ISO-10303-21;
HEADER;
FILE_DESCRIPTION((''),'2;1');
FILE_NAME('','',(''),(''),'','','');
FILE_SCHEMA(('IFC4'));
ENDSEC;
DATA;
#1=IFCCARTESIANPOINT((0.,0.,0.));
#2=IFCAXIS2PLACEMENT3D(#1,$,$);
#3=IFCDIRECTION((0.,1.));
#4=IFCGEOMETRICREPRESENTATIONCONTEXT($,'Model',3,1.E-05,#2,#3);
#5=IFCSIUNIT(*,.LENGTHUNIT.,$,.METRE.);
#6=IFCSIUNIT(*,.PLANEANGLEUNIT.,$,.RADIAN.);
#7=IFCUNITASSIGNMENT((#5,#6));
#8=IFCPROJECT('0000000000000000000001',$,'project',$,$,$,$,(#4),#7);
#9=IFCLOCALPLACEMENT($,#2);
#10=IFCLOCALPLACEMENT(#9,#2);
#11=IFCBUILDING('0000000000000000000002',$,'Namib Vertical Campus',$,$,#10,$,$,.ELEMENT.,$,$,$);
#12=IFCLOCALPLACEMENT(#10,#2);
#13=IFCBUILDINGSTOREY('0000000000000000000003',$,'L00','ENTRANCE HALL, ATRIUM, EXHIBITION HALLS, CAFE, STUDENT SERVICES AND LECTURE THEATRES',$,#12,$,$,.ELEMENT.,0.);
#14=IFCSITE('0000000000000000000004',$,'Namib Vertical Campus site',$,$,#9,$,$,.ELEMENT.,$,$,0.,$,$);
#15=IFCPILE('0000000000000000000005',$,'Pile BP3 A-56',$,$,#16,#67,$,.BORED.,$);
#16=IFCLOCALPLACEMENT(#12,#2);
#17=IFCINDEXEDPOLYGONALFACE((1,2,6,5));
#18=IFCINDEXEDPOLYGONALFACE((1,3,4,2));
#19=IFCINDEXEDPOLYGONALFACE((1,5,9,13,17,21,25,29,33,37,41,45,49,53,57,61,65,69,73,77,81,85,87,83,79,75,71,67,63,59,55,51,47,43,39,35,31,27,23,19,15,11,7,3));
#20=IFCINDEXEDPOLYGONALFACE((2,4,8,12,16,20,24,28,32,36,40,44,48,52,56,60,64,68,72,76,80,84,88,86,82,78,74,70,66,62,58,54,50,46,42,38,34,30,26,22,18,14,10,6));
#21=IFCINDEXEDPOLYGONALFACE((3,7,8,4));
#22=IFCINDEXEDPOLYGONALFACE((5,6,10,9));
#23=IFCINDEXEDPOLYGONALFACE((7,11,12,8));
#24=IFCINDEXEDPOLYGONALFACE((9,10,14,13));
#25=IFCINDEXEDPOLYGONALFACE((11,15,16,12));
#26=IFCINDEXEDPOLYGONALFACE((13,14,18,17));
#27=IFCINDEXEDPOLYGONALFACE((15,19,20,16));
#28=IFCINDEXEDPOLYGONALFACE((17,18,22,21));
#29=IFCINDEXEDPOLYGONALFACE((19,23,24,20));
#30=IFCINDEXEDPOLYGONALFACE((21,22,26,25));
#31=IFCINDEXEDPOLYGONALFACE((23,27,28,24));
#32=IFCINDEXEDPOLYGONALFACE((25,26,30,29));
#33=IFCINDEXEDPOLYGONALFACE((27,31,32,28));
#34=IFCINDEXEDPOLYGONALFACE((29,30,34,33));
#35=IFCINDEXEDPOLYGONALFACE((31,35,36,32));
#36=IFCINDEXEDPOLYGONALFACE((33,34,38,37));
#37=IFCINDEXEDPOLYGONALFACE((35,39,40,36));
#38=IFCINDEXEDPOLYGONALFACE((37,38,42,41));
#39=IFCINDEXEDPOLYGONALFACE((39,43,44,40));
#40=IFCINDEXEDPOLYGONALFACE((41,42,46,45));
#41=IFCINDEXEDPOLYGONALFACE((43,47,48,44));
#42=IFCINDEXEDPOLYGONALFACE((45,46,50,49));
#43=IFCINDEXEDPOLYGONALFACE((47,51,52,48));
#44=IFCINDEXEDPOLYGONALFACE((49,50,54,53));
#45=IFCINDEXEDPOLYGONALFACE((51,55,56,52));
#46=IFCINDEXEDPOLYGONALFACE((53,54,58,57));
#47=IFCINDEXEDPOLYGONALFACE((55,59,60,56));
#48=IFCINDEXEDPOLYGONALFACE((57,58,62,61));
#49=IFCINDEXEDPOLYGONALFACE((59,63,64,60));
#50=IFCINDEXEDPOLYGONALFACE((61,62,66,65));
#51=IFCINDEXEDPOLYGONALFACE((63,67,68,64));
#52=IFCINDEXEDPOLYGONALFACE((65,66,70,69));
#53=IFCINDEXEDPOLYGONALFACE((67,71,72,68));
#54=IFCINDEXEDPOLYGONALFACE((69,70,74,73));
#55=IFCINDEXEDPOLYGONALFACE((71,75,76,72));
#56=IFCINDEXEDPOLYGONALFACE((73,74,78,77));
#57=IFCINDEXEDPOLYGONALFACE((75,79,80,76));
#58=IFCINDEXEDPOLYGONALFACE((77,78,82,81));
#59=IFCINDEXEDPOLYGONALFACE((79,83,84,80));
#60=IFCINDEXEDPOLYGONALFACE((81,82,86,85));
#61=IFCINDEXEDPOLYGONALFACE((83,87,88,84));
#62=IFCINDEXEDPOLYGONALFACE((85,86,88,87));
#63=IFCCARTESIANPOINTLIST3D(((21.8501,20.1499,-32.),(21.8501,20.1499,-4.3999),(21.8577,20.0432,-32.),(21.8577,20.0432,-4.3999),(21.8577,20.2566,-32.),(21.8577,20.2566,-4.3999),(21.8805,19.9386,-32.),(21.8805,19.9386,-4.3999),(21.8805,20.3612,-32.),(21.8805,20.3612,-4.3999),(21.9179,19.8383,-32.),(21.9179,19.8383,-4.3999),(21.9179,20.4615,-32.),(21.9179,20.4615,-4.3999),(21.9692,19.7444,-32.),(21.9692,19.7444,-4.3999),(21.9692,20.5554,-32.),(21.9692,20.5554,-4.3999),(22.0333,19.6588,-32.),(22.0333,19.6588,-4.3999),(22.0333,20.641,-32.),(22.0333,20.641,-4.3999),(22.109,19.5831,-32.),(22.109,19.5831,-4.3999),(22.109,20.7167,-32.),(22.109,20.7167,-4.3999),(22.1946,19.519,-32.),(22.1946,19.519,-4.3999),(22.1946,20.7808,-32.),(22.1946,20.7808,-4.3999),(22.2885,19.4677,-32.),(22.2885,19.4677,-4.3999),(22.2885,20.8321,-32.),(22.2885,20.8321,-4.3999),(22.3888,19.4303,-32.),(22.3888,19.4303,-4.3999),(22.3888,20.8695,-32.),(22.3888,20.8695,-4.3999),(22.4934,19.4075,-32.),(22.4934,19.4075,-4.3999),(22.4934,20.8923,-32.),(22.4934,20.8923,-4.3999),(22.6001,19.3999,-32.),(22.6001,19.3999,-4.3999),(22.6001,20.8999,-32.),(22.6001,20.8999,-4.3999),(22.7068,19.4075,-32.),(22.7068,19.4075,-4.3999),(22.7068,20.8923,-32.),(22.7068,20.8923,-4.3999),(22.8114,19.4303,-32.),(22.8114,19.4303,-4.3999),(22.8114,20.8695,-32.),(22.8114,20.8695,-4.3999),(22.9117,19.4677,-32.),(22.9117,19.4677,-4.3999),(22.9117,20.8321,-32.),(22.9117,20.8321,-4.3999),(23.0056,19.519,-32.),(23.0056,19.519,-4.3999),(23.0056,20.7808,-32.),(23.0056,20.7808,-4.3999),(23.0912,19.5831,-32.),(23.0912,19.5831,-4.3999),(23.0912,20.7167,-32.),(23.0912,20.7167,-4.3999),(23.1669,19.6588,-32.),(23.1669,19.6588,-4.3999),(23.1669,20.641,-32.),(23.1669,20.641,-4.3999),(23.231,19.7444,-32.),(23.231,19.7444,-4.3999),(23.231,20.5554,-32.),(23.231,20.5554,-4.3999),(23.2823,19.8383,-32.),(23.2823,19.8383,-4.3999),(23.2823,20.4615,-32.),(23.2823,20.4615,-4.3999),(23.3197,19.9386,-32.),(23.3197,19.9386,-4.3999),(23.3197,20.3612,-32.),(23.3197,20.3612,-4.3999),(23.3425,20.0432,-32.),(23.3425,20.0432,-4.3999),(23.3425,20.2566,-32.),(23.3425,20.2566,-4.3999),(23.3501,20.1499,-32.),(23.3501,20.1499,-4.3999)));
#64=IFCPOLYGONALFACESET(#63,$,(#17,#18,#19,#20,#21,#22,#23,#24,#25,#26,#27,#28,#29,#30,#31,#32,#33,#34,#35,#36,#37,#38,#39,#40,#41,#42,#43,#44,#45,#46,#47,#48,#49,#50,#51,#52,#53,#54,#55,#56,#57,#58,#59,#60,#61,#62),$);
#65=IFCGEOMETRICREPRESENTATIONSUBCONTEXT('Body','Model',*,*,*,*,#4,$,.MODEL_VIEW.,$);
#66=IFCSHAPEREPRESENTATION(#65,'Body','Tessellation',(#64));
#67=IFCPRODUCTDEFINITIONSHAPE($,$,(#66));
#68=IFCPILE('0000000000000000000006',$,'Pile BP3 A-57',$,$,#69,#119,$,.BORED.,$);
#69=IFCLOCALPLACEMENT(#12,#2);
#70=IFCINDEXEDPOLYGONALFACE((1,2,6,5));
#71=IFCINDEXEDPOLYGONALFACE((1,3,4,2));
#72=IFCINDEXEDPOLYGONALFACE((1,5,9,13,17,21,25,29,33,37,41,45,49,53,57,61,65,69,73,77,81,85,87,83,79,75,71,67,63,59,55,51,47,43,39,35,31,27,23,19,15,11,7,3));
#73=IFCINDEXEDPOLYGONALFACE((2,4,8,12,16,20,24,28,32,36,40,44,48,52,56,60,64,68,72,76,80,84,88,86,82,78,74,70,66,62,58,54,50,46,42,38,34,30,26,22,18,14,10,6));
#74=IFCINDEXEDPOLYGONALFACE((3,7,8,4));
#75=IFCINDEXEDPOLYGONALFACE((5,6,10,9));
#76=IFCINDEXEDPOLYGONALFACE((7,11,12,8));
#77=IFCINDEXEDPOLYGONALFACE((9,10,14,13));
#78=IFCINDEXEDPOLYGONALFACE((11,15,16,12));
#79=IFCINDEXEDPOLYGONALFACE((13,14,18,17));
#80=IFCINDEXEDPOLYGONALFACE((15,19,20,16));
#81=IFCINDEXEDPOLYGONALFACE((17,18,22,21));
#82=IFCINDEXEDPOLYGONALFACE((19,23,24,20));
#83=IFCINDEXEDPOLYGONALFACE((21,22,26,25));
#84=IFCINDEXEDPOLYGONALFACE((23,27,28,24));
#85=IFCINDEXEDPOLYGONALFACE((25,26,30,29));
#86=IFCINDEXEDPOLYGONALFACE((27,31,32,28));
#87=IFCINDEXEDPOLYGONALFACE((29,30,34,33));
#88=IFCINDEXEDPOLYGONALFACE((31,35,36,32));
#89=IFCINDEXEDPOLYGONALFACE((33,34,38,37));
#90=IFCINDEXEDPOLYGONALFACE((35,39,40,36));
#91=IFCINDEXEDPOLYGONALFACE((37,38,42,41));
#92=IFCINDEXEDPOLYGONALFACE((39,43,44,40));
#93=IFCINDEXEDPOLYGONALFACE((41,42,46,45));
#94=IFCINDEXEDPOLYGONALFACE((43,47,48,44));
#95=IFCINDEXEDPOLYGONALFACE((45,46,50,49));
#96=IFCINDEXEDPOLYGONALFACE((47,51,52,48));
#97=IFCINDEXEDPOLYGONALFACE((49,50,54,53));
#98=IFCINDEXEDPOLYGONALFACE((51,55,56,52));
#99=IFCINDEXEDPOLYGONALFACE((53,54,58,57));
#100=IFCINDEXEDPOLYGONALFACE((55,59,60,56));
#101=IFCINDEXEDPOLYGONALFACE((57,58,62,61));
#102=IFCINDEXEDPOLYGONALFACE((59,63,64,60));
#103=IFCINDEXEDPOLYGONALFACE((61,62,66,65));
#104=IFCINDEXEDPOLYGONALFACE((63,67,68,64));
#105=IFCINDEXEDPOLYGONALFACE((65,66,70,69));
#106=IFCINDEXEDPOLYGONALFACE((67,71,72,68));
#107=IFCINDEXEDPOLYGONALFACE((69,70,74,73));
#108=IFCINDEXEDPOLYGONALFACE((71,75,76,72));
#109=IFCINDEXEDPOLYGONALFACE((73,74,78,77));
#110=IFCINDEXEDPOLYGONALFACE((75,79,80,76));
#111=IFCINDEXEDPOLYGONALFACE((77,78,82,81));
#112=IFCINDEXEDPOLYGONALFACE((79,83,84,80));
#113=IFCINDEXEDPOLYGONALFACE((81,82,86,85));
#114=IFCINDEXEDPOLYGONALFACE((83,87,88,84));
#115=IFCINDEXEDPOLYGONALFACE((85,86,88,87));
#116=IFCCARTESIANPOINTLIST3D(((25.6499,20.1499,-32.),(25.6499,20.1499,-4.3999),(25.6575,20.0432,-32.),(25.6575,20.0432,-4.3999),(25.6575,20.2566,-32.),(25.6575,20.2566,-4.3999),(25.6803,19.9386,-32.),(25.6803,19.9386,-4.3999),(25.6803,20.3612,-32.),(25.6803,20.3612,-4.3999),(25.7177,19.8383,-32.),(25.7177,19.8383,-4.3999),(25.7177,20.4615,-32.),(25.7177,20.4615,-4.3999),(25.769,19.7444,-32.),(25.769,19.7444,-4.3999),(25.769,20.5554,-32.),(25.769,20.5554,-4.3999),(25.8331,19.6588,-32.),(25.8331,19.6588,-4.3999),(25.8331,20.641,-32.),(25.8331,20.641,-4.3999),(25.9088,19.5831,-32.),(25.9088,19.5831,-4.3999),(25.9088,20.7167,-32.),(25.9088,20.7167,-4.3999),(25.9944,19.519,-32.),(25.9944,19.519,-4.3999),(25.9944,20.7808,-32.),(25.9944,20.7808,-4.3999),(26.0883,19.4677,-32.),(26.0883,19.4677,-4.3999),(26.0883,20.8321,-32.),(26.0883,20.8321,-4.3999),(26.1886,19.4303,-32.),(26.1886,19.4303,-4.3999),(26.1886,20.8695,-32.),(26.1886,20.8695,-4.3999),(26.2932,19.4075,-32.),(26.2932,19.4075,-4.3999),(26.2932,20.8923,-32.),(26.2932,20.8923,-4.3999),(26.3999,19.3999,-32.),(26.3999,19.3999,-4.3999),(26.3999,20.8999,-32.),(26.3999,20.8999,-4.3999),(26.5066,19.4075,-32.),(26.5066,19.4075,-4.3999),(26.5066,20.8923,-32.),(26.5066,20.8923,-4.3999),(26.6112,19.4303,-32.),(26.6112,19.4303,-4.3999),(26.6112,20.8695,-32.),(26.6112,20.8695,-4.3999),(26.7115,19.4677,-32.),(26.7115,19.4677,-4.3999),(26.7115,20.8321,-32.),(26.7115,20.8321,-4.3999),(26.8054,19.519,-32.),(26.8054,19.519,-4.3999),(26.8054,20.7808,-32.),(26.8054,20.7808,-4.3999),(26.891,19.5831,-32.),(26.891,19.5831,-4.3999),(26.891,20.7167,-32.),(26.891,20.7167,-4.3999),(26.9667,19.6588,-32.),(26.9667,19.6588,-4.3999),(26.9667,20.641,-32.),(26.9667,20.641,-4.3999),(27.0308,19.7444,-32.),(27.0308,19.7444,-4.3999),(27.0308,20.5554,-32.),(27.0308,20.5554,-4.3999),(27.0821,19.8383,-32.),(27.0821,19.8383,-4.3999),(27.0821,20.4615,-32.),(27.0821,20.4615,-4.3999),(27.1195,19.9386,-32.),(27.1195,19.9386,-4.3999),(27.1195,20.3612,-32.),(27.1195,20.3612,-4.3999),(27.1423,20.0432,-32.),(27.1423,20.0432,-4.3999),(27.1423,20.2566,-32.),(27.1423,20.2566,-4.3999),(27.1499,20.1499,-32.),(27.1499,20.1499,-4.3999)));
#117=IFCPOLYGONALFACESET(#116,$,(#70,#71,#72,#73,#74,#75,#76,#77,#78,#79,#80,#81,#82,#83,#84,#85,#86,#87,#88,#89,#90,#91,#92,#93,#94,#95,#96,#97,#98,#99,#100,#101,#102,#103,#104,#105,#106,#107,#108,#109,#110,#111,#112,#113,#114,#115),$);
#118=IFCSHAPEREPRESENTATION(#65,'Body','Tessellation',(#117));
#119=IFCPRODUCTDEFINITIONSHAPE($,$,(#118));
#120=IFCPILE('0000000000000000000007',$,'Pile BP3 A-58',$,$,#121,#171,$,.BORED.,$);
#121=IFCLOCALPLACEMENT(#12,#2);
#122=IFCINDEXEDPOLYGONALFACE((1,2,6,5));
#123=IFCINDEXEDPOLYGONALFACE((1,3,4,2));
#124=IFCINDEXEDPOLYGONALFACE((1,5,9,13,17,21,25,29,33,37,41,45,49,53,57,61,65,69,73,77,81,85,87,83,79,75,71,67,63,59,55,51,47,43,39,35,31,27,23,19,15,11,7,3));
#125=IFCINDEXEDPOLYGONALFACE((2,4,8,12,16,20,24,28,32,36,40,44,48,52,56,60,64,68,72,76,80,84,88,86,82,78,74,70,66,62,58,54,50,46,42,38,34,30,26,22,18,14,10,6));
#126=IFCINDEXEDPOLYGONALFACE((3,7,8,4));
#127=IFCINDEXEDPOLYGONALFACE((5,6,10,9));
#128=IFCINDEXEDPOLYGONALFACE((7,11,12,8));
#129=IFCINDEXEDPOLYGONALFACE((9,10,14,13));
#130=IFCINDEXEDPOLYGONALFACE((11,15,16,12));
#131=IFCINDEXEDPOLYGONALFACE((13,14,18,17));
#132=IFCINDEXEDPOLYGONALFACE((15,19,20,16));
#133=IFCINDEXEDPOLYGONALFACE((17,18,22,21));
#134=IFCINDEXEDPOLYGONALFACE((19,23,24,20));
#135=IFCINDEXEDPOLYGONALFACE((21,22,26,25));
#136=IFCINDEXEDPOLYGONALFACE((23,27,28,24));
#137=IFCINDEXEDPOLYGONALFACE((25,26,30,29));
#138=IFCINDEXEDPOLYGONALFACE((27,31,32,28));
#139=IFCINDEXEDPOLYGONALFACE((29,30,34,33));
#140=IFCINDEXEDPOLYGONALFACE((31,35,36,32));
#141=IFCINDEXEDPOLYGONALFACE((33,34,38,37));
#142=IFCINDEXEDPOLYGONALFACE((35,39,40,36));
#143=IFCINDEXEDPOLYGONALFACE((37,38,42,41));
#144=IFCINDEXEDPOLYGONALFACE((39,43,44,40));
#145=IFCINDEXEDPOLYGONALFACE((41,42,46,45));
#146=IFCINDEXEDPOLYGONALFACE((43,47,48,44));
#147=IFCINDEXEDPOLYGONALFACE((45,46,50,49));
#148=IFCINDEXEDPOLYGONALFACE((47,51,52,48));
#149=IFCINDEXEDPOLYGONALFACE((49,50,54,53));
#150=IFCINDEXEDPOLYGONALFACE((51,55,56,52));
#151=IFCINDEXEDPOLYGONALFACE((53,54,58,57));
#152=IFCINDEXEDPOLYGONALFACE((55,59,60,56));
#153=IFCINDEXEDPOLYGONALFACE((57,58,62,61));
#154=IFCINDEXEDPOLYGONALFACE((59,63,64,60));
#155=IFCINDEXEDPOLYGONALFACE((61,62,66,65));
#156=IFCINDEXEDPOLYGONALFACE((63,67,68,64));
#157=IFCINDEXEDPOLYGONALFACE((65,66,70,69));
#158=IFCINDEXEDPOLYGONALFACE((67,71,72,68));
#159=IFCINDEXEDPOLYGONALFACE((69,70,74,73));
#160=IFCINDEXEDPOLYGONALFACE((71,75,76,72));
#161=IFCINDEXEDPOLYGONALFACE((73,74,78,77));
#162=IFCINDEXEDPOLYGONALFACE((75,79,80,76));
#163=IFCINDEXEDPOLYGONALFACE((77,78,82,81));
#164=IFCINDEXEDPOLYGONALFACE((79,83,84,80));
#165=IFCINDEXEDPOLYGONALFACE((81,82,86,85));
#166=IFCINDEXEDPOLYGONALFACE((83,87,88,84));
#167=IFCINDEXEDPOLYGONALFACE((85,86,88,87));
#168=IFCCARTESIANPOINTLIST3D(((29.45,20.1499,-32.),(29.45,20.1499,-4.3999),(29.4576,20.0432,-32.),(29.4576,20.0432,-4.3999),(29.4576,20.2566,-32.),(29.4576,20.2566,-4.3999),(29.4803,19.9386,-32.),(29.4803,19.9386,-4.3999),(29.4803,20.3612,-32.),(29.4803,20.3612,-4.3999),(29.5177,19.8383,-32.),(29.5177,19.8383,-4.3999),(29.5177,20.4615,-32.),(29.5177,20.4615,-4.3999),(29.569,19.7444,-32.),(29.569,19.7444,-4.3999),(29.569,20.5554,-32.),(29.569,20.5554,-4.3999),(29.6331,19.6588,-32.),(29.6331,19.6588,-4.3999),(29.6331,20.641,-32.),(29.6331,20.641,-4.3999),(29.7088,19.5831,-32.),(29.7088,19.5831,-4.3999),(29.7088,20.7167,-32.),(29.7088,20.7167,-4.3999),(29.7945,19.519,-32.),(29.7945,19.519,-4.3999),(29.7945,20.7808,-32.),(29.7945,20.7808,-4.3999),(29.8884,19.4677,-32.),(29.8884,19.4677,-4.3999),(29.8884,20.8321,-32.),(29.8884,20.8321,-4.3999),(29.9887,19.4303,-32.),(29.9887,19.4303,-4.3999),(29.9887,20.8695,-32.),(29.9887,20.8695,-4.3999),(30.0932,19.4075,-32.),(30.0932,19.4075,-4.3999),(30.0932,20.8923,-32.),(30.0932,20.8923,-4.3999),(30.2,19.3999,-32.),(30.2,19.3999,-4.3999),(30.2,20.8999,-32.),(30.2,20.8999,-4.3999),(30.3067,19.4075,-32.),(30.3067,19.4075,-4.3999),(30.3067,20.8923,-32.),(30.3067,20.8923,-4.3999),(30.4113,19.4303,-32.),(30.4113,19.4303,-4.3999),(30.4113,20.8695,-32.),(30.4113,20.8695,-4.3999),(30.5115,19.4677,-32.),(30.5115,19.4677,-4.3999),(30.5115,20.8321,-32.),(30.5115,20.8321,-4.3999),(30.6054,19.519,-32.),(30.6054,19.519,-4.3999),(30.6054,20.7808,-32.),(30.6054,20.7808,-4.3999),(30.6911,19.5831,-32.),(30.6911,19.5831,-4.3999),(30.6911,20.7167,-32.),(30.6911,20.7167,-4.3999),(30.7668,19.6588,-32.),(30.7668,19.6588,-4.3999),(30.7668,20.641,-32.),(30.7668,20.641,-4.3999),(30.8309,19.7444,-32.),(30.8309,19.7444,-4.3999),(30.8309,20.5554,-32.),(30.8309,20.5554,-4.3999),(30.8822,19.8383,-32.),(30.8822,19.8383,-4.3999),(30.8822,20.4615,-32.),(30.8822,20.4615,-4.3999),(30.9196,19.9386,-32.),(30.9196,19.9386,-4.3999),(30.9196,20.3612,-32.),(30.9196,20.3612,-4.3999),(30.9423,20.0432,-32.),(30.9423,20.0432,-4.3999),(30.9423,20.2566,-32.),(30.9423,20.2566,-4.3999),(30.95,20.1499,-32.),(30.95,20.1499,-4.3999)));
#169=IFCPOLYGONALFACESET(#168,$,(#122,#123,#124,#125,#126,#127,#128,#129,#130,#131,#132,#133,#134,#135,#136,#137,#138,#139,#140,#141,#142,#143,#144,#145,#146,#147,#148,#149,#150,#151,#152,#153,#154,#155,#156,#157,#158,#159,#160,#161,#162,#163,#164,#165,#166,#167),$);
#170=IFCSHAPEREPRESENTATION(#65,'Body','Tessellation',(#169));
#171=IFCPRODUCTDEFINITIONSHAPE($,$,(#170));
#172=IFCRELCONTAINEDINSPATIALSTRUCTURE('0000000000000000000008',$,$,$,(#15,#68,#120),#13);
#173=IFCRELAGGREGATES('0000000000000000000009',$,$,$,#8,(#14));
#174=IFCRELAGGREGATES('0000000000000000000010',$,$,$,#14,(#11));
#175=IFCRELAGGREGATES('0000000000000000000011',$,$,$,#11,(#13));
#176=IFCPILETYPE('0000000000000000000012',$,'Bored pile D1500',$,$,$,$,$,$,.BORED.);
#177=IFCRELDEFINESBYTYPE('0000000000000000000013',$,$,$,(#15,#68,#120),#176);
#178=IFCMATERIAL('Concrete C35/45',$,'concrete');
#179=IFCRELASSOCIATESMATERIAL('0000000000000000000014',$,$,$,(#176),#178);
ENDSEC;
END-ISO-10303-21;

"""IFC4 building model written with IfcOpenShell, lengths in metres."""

from ifc_helpers import new_model, si_unit, direction, frame, origin, origin_2d, place, context, subcontext, project, spatial, circle, extrude, material, material_profile, profile_set, type_object, element, save


model = new_model("IFC4")

# Units and contexts
model_context = context("Model", 3, precision=1e-05, world=origin(), true_north=direction((0.0, 1.0)))
body_context = subcontext(model_context, "Body", "Model", "MODEL_VIEW")
ifc_project = project(units=[si_unit("LENGTHUNIT", "METRE"), si_unit("PLANEANGLEUNIT", "RADIAN")], contexts=[model_context])

# Site, building, storey
site_placement = place(None, origin())
site = spatial("IfcSite", under=ifc_project, at=site_placement, Name="Namib Vertical Campus site", CompositionType="ELEMENT", RefElevation=0.0)
building_placement = place(site_placement, origin())
building = spatial("IfcBuilding", under=site, at=building_placement, Name="Namib Vertical Campus", CompositionType="ELEMENT")
storey_placement = place(building_placement, origin())
storey = spatial("IfcBuildingStorey", under=building, at=storey_placement, Name="L00", Description="ENTRANCE HALL, ATRIUM, EXHIBITION HALLS, CAFE, STUDENT SERVICES AND LECTURE THEATRES", CompositionType="ELEMENT", Elevation=0.0)

# Piles
ifc_material_1 = material(Name="Concrete C35/45", Category="concrete")
ifc_material_profile_1 = material_profile(ifc_material_1, circle(Radius=0.75, at=origin_2d()))
ifc_profile_set_1 = profile_set([ifc_material_profile_1], Name="Concrete C35/45")
pile_type = type_object("IfcPileType", Name="Bored pile D1500", PredefinedType="BORED", material=ifc_profile_set_1)
for number, where, z_axis, x_axis, name in (
    (1, (22.6001, 20.1499, -4.3999), (0.0, 0.0, -1.0), (1.0, 0.0, 0.0), "Pile BP3 A-56"),
    (2, (26.3999, 20.1499, -4.3999), (0.0, 0.0, -1.0), (1.0, 0.0, 0.0), "Pile BP3 A-57"),
    (3, (30.2, 20.1499, -4.3999), (0.0, 0.0, -1.0), (1.0, 0.0, 0.0), "Pile BP3 A-58"),
):
    element("IfcPile", number, at=place(storey_placement, frame(where, z_axis=z_axis, x_axis=x_axis)), inside=storey, type_object=pile_type, Name=name, PredefinedType="BORED", context=body_context, shape_type="SweptSolid", body=[
        extrude(circle(Radius=0.75, at=origin_2d()), origin(), (0.0, 0.0, 1.0), 27.6001),
    ])

save(model, "model.ifc")
